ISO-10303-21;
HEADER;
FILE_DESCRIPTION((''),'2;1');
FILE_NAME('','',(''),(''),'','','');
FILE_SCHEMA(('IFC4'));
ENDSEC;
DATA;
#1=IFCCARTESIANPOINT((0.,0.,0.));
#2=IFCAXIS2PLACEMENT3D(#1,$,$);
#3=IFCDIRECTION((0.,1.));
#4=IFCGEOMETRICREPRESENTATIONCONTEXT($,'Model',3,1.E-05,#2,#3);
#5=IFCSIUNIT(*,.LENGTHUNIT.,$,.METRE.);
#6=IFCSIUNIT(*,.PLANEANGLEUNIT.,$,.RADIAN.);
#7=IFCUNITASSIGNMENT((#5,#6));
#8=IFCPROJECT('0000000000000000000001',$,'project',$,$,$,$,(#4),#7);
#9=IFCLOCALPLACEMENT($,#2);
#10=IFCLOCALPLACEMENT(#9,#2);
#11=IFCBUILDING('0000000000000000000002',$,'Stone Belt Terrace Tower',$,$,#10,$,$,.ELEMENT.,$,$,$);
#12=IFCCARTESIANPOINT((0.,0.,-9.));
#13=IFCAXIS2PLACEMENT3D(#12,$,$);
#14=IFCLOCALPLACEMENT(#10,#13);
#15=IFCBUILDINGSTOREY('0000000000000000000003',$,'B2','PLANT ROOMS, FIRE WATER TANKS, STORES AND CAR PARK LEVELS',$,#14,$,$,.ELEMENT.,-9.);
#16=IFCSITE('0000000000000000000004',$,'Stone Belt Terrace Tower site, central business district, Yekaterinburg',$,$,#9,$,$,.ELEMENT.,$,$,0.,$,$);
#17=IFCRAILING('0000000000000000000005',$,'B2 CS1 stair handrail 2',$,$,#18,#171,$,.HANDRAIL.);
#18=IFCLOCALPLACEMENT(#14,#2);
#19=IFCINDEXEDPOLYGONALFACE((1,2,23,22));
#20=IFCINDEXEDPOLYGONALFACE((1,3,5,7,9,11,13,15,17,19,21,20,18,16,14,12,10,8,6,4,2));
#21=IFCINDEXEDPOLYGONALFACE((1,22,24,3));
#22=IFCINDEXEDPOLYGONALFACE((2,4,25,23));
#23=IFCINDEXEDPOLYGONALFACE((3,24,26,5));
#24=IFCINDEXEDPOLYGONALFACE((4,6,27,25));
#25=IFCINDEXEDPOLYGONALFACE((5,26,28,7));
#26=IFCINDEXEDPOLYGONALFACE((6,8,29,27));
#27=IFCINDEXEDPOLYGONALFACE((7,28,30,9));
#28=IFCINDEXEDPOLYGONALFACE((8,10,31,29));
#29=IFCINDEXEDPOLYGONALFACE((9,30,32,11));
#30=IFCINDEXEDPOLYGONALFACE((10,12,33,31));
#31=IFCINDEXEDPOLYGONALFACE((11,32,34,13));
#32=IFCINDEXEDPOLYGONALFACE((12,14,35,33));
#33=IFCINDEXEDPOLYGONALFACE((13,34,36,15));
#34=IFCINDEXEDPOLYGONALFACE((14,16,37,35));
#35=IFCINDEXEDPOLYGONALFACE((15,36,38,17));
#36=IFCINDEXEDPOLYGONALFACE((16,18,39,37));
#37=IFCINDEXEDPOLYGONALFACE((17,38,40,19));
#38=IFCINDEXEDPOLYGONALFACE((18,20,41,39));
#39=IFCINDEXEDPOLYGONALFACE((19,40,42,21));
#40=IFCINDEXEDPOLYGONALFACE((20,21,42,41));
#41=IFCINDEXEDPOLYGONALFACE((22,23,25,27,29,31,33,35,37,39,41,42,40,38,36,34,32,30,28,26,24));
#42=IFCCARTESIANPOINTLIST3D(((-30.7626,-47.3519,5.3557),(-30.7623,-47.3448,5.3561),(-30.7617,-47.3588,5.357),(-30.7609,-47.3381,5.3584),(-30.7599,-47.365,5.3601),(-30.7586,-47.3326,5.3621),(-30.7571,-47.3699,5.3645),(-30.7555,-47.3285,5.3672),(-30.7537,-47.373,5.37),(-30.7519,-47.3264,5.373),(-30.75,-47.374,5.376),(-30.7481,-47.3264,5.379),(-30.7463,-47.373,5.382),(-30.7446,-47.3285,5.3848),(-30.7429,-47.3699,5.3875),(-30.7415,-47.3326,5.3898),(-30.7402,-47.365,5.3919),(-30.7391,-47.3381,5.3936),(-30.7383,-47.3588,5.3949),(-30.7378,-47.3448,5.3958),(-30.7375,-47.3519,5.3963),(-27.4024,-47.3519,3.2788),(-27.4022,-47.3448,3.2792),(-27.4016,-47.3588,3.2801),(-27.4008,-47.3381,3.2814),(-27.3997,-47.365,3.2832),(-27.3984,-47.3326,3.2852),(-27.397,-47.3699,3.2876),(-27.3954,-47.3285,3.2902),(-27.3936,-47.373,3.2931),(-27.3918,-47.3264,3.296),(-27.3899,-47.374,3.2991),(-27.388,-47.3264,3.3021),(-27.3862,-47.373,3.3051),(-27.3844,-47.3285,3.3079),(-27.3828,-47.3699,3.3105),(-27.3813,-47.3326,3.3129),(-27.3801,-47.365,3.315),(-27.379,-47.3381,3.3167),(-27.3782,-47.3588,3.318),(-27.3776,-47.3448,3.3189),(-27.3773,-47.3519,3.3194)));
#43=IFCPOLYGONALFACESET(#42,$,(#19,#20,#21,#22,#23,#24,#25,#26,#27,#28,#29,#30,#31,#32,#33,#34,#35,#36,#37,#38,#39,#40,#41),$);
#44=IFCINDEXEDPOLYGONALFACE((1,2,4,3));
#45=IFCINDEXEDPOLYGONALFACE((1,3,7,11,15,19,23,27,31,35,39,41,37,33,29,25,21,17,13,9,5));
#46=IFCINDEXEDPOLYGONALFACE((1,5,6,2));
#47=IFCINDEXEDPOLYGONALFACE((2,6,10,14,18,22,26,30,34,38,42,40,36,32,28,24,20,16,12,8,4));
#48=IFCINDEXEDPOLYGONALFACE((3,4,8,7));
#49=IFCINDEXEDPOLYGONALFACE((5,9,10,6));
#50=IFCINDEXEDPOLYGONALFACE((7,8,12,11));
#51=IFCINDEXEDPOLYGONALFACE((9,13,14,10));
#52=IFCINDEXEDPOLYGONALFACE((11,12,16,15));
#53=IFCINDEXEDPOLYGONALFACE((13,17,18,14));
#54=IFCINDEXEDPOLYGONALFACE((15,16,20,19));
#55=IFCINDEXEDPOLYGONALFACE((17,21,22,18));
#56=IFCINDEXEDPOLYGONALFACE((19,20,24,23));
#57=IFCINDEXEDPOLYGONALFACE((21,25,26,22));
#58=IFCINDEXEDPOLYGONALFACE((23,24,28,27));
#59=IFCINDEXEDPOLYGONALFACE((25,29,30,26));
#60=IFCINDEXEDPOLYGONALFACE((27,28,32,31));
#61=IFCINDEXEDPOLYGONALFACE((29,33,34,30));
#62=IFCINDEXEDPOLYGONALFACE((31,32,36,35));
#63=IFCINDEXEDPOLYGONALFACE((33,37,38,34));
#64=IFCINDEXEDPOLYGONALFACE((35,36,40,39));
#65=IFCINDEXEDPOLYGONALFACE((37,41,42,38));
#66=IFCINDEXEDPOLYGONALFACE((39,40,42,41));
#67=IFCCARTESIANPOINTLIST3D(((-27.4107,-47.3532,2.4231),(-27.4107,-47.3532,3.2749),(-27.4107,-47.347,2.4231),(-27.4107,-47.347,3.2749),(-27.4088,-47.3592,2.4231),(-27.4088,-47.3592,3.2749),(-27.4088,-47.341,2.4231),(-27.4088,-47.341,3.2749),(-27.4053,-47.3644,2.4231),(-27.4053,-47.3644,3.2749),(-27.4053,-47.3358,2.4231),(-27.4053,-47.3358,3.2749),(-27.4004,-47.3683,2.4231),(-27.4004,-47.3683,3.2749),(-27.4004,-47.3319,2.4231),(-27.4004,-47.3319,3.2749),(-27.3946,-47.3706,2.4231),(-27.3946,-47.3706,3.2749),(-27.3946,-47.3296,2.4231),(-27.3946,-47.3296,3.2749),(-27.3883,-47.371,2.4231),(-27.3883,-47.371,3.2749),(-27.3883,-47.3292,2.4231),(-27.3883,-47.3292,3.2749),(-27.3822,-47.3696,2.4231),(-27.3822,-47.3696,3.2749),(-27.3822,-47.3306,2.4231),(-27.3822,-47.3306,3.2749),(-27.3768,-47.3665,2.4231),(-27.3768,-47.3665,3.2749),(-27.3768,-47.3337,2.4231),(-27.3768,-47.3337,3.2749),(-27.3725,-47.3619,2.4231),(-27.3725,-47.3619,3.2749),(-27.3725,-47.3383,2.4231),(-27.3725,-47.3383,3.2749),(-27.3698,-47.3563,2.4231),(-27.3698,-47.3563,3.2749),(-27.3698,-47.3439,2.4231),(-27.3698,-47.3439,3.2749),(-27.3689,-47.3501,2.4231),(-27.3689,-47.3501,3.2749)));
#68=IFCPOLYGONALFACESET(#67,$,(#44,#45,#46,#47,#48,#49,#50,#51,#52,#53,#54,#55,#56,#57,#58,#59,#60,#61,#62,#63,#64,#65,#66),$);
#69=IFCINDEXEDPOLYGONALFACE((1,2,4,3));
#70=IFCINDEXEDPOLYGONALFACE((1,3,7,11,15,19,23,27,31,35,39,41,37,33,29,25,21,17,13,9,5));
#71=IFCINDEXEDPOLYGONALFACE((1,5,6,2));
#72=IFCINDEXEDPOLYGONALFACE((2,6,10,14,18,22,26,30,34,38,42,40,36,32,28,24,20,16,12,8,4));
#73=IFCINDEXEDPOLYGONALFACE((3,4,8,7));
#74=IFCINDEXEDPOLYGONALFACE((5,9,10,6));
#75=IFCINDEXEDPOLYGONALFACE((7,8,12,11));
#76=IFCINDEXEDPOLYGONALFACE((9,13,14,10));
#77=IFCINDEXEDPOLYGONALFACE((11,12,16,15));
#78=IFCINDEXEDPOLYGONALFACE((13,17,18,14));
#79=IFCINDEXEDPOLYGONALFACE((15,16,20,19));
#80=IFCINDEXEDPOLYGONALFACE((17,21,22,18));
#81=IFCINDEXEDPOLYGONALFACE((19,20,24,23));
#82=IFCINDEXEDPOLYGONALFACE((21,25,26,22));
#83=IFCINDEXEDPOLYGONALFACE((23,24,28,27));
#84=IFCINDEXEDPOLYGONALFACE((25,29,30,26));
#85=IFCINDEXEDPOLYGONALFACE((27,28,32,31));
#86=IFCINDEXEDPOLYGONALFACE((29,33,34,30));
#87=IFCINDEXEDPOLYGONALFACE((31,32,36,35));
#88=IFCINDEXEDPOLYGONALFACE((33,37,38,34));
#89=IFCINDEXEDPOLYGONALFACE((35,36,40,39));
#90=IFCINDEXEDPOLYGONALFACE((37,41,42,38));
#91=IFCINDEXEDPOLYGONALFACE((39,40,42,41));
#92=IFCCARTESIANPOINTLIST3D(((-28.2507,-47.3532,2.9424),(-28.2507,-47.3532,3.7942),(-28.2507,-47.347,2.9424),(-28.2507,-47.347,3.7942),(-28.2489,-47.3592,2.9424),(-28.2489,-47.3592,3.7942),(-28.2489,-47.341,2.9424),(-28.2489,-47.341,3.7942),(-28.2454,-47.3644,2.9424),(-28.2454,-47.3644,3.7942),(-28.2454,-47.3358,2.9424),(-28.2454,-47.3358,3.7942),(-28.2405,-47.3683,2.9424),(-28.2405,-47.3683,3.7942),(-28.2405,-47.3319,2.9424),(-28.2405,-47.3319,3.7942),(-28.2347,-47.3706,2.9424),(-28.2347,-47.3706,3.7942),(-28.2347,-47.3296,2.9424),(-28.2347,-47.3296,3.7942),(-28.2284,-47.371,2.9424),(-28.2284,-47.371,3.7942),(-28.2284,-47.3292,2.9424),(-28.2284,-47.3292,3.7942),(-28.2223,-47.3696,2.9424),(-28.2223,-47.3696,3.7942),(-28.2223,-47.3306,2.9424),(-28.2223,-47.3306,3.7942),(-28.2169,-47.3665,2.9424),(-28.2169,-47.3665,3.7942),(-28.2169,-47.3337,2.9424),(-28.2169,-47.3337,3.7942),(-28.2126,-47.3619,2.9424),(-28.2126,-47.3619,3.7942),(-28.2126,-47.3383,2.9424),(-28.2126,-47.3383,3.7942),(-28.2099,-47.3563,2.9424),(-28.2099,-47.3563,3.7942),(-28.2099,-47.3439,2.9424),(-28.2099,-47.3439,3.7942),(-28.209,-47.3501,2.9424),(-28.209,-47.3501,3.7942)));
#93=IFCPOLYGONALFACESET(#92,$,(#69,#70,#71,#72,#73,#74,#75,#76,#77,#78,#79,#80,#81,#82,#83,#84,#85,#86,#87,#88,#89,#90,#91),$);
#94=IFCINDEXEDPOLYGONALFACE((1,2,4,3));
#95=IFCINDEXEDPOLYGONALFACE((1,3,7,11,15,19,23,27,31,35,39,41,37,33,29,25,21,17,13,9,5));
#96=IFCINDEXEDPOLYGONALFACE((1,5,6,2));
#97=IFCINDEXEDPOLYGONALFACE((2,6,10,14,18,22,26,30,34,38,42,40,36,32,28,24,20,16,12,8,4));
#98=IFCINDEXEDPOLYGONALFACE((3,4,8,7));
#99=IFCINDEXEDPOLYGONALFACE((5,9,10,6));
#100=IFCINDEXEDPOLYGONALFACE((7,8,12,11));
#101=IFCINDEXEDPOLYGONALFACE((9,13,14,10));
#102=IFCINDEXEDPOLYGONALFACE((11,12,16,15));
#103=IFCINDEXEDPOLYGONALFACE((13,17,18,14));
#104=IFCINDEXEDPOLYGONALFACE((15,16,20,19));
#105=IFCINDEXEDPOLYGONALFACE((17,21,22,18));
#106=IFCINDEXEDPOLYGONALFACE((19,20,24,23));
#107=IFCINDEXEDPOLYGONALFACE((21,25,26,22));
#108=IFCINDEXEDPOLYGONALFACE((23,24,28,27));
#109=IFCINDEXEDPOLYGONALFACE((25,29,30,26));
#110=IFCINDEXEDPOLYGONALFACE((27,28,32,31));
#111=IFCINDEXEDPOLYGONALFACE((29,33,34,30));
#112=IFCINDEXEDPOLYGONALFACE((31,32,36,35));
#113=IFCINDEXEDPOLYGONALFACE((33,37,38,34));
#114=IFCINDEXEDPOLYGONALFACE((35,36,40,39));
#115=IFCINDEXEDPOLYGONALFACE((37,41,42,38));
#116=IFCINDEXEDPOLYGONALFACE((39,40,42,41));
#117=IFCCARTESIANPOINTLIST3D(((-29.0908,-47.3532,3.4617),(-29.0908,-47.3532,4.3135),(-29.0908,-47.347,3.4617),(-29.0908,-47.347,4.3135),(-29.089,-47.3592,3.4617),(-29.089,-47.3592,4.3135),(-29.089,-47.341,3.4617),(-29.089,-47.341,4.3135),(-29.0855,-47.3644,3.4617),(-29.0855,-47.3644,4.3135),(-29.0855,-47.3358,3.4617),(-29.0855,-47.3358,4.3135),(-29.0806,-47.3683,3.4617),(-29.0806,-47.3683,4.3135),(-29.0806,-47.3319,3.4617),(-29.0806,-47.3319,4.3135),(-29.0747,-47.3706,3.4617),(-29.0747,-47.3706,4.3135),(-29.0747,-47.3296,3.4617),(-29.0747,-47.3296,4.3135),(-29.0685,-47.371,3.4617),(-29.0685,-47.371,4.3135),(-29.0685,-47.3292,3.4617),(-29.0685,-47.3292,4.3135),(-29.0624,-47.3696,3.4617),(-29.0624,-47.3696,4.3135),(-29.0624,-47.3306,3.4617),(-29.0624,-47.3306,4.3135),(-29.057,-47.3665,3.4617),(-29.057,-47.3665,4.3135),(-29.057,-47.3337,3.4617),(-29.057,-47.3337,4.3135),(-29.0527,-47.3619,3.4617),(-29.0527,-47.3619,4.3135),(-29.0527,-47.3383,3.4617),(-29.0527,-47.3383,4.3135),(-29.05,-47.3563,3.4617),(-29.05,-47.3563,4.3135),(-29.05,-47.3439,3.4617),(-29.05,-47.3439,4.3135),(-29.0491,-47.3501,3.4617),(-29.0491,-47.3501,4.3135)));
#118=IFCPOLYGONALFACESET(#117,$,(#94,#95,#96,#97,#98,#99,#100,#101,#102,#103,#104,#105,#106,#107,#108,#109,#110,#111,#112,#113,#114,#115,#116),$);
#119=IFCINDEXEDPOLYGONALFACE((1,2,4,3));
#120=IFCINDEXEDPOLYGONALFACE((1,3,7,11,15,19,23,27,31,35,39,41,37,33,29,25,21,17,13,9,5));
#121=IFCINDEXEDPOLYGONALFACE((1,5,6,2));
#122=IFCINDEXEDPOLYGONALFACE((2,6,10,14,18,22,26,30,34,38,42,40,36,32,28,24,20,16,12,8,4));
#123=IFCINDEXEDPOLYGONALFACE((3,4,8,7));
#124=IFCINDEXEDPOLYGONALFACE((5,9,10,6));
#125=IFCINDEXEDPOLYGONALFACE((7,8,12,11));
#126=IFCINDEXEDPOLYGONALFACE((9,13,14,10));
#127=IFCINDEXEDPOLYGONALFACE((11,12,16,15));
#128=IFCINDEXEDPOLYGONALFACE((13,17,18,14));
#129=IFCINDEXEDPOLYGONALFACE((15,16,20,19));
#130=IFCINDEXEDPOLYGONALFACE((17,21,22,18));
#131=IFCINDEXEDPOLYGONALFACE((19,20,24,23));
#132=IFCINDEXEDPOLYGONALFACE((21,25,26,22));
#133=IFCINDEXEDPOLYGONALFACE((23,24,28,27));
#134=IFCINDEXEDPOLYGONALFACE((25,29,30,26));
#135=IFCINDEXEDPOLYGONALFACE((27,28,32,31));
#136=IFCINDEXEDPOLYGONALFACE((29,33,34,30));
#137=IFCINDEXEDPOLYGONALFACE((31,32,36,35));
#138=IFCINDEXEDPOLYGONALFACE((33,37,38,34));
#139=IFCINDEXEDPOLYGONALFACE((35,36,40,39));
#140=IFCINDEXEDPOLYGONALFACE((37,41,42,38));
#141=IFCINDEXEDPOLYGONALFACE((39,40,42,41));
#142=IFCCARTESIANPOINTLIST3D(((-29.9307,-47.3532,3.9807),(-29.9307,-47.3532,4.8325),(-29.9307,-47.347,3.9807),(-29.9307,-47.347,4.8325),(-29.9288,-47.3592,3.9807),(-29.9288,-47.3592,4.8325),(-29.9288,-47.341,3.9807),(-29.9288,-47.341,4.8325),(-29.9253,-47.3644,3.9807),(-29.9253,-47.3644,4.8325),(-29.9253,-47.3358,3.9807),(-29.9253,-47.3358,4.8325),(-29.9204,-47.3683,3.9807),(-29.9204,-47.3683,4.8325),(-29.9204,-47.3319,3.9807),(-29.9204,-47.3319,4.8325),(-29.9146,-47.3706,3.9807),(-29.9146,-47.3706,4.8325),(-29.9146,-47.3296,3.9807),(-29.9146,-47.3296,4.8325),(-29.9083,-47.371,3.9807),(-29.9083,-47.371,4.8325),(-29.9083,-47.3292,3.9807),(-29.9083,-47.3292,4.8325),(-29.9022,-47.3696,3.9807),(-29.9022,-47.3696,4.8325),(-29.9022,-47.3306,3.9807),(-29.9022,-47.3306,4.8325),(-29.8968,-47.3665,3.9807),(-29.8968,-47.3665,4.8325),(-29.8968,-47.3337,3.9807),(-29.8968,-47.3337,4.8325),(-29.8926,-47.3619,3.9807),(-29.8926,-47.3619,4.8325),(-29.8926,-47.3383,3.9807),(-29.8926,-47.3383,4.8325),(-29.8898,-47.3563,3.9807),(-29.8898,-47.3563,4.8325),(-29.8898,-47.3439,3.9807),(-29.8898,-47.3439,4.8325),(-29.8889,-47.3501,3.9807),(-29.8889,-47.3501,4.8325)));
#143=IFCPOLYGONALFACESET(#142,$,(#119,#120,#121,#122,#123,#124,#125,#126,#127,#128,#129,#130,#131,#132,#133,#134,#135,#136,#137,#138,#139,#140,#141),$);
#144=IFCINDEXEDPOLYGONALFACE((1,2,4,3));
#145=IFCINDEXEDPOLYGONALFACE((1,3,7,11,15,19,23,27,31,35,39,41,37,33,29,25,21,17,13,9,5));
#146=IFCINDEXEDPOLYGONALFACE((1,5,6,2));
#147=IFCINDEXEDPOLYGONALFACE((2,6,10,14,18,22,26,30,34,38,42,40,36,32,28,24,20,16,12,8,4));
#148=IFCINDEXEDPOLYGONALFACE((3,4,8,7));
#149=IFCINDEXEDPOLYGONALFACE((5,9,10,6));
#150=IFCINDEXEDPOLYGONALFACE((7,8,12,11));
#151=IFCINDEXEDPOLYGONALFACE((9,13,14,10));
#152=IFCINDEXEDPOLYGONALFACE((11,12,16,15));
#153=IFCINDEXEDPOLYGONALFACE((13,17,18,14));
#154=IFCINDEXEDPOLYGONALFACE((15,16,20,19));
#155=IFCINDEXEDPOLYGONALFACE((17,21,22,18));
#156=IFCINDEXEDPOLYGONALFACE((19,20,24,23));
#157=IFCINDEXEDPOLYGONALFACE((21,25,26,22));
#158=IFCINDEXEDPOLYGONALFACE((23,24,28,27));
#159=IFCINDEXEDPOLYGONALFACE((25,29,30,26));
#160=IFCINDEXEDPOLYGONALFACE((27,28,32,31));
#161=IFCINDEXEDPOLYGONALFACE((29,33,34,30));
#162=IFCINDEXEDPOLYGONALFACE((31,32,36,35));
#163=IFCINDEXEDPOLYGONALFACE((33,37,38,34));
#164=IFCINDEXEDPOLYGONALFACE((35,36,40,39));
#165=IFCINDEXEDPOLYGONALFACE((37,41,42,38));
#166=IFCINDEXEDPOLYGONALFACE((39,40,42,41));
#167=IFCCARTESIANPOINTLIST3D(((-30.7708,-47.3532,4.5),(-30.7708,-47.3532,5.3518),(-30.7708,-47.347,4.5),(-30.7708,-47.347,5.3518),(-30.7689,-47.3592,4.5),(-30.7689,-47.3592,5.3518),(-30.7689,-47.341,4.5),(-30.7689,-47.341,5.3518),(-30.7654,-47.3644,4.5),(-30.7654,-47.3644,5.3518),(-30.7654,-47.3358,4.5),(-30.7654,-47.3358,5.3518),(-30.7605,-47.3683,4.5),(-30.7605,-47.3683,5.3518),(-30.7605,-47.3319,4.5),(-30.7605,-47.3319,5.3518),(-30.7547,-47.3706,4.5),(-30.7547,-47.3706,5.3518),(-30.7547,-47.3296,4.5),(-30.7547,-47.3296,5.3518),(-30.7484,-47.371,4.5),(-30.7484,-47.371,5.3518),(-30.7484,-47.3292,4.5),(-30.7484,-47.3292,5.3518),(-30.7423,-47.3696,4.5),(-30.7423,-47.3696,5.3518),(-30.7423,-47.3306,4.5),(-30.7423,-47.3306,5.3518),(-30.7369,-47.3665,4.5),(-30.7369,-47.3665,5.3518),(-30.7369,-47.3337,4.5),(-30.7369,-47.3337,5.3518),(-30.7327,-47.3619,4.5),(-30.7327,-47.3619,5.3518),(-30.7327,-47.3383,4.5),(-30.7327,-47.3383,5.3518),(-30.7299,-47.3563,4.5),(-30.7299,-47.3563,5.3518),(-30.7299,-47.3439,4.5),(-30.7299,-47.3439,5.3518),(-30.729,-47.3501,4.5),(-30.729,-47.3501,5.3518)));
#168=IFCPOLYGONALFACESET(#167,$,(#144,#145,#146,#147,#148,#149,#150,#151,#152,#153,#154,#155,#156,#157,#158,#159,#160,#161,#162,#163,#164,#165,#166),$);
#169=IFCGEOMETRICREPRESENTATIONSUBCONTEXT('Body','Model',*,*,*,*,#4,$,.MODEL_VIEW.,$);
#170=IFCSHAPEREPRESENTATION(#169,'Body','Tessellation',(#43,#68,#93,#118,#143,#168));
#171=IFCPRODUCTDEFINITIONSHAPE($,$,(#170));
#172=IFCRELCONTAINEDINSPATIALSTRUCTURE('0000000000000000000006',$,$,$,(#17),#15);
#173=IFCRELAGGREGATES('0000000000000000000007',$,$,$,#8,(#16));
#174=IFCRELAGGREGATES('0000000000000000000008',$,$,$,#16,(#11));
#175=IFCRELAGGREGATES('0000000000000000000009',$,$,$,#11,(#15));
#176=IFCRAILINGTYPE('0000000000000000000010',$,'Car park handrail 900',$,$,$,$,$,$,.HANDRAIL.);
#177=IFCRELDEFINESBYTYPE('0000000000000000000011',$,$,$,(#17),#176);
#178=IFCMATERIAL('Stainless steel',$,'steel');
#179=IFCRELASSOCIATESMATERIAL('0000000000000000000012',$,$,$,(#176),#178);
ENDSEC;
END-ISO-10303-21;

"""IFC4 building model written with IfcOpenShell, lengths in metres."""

from ifc_helpers import new_model, si_unit, direction, frame, origin, origin_2d, place, context, subcontext, project, spatial, circle, extrude, material, type_object, element, save


model = new_model("IFC4")

# Units and contexts
model_context = context("Model", 3, precision=1e-05, world=origin(), true_north=direction((0.0, 1.0)))
body_context = subcontext(model_context, "Body", "Model", "MODEL_VIEW")
ifc_project = project(units=[si_unit("LENGTHUNIT", "METRE"), si_unit("PLANEANGLEUNIT", "RADIAN")], contexts=[model_context])

# Site, building, storey
site_placement = place(None, origin())
site = spatial("IfcSite", under=ifc_project, at=site_placement, Name="Stone Belt Terrace Tower site, central business district, Yekaterinburg", CompositionType="ELEMENT", RefElevation=0.0)
building_placement = place(site_placement, origin())
building = spatial("IfcBuilding", under=site, at=building_placement, Name="Stone Belt Terrace Tower", CompositionType="ELEMENT")
storey_placement = place(building_placement, frame((0.0, 0.0, -9.0)))
storey = spatial("IfcBuildingStorey", under=building, at=storey_placement, Name="B2", Description="PLANT ROOMS, FIRE WATER TANKS, STORES AND CAR PARK LEVELS", CompositionType="ELEMENT", Elevation=-9.0)

# Railing
ifc_material_1 = material(Name="Stainless steel", Category="steel")
railing_type_1 = type_object("IfcRailingType", Name="Car park handrail 900", PredefinedType="HANDRAIL", material=ifc_material_1)
railing_1_placement = place(storey_placement, frame((-27.3899, -47.3501, 2.4231)))
element("IfcRailing", 1, at=railing_1_placement, inside=storey, type_object=railing_type_1, Name="B2 CS1 stair handrail 2", PredefinedType="HANDRAIL", context=body_context, shape_type="SweptSolid", body=[
    extrude(circle(Radius=0.0239, at=origin_2d()), frame((0.0, 0.0, 0.876), z_axis=(-0.850623, 0.0, 0.525776), x_axis=(0.0, -1.0, 0.0)), (0.0, 0.0, 1.0), 3.9502),
    extrude(circle(Radius=0.021, at=origin_2d()), origin(), (0.0, 0.0, 1.0), 0.8518),
    extrude(circle(Radius=0.021, at=origin_2d()), frame((-0.8401, 0.0, 0.5193)), (0.0, 0.0, 1.0), 0.8518),
    extrude(circle(Radius=0.021, at=origin_2d()), frame((-1.6802, 0.0, 1.0386)), (0.0, 0.0, 1.0), 0.8518),
    extrude(circle(Radius=0.021, at=origin_2d()), frame((-2.52, 0.0, 1.5576)), (0.0, 0.0, 1.0), 0.8518),
    extrude(circle(Radius=0.021, at=origin_2d()), frame((-3.3601, 0.0, 2.0769)), (0.0, 0.0, 1.0), 0.8518),
])

save(model, "model.ifc")
